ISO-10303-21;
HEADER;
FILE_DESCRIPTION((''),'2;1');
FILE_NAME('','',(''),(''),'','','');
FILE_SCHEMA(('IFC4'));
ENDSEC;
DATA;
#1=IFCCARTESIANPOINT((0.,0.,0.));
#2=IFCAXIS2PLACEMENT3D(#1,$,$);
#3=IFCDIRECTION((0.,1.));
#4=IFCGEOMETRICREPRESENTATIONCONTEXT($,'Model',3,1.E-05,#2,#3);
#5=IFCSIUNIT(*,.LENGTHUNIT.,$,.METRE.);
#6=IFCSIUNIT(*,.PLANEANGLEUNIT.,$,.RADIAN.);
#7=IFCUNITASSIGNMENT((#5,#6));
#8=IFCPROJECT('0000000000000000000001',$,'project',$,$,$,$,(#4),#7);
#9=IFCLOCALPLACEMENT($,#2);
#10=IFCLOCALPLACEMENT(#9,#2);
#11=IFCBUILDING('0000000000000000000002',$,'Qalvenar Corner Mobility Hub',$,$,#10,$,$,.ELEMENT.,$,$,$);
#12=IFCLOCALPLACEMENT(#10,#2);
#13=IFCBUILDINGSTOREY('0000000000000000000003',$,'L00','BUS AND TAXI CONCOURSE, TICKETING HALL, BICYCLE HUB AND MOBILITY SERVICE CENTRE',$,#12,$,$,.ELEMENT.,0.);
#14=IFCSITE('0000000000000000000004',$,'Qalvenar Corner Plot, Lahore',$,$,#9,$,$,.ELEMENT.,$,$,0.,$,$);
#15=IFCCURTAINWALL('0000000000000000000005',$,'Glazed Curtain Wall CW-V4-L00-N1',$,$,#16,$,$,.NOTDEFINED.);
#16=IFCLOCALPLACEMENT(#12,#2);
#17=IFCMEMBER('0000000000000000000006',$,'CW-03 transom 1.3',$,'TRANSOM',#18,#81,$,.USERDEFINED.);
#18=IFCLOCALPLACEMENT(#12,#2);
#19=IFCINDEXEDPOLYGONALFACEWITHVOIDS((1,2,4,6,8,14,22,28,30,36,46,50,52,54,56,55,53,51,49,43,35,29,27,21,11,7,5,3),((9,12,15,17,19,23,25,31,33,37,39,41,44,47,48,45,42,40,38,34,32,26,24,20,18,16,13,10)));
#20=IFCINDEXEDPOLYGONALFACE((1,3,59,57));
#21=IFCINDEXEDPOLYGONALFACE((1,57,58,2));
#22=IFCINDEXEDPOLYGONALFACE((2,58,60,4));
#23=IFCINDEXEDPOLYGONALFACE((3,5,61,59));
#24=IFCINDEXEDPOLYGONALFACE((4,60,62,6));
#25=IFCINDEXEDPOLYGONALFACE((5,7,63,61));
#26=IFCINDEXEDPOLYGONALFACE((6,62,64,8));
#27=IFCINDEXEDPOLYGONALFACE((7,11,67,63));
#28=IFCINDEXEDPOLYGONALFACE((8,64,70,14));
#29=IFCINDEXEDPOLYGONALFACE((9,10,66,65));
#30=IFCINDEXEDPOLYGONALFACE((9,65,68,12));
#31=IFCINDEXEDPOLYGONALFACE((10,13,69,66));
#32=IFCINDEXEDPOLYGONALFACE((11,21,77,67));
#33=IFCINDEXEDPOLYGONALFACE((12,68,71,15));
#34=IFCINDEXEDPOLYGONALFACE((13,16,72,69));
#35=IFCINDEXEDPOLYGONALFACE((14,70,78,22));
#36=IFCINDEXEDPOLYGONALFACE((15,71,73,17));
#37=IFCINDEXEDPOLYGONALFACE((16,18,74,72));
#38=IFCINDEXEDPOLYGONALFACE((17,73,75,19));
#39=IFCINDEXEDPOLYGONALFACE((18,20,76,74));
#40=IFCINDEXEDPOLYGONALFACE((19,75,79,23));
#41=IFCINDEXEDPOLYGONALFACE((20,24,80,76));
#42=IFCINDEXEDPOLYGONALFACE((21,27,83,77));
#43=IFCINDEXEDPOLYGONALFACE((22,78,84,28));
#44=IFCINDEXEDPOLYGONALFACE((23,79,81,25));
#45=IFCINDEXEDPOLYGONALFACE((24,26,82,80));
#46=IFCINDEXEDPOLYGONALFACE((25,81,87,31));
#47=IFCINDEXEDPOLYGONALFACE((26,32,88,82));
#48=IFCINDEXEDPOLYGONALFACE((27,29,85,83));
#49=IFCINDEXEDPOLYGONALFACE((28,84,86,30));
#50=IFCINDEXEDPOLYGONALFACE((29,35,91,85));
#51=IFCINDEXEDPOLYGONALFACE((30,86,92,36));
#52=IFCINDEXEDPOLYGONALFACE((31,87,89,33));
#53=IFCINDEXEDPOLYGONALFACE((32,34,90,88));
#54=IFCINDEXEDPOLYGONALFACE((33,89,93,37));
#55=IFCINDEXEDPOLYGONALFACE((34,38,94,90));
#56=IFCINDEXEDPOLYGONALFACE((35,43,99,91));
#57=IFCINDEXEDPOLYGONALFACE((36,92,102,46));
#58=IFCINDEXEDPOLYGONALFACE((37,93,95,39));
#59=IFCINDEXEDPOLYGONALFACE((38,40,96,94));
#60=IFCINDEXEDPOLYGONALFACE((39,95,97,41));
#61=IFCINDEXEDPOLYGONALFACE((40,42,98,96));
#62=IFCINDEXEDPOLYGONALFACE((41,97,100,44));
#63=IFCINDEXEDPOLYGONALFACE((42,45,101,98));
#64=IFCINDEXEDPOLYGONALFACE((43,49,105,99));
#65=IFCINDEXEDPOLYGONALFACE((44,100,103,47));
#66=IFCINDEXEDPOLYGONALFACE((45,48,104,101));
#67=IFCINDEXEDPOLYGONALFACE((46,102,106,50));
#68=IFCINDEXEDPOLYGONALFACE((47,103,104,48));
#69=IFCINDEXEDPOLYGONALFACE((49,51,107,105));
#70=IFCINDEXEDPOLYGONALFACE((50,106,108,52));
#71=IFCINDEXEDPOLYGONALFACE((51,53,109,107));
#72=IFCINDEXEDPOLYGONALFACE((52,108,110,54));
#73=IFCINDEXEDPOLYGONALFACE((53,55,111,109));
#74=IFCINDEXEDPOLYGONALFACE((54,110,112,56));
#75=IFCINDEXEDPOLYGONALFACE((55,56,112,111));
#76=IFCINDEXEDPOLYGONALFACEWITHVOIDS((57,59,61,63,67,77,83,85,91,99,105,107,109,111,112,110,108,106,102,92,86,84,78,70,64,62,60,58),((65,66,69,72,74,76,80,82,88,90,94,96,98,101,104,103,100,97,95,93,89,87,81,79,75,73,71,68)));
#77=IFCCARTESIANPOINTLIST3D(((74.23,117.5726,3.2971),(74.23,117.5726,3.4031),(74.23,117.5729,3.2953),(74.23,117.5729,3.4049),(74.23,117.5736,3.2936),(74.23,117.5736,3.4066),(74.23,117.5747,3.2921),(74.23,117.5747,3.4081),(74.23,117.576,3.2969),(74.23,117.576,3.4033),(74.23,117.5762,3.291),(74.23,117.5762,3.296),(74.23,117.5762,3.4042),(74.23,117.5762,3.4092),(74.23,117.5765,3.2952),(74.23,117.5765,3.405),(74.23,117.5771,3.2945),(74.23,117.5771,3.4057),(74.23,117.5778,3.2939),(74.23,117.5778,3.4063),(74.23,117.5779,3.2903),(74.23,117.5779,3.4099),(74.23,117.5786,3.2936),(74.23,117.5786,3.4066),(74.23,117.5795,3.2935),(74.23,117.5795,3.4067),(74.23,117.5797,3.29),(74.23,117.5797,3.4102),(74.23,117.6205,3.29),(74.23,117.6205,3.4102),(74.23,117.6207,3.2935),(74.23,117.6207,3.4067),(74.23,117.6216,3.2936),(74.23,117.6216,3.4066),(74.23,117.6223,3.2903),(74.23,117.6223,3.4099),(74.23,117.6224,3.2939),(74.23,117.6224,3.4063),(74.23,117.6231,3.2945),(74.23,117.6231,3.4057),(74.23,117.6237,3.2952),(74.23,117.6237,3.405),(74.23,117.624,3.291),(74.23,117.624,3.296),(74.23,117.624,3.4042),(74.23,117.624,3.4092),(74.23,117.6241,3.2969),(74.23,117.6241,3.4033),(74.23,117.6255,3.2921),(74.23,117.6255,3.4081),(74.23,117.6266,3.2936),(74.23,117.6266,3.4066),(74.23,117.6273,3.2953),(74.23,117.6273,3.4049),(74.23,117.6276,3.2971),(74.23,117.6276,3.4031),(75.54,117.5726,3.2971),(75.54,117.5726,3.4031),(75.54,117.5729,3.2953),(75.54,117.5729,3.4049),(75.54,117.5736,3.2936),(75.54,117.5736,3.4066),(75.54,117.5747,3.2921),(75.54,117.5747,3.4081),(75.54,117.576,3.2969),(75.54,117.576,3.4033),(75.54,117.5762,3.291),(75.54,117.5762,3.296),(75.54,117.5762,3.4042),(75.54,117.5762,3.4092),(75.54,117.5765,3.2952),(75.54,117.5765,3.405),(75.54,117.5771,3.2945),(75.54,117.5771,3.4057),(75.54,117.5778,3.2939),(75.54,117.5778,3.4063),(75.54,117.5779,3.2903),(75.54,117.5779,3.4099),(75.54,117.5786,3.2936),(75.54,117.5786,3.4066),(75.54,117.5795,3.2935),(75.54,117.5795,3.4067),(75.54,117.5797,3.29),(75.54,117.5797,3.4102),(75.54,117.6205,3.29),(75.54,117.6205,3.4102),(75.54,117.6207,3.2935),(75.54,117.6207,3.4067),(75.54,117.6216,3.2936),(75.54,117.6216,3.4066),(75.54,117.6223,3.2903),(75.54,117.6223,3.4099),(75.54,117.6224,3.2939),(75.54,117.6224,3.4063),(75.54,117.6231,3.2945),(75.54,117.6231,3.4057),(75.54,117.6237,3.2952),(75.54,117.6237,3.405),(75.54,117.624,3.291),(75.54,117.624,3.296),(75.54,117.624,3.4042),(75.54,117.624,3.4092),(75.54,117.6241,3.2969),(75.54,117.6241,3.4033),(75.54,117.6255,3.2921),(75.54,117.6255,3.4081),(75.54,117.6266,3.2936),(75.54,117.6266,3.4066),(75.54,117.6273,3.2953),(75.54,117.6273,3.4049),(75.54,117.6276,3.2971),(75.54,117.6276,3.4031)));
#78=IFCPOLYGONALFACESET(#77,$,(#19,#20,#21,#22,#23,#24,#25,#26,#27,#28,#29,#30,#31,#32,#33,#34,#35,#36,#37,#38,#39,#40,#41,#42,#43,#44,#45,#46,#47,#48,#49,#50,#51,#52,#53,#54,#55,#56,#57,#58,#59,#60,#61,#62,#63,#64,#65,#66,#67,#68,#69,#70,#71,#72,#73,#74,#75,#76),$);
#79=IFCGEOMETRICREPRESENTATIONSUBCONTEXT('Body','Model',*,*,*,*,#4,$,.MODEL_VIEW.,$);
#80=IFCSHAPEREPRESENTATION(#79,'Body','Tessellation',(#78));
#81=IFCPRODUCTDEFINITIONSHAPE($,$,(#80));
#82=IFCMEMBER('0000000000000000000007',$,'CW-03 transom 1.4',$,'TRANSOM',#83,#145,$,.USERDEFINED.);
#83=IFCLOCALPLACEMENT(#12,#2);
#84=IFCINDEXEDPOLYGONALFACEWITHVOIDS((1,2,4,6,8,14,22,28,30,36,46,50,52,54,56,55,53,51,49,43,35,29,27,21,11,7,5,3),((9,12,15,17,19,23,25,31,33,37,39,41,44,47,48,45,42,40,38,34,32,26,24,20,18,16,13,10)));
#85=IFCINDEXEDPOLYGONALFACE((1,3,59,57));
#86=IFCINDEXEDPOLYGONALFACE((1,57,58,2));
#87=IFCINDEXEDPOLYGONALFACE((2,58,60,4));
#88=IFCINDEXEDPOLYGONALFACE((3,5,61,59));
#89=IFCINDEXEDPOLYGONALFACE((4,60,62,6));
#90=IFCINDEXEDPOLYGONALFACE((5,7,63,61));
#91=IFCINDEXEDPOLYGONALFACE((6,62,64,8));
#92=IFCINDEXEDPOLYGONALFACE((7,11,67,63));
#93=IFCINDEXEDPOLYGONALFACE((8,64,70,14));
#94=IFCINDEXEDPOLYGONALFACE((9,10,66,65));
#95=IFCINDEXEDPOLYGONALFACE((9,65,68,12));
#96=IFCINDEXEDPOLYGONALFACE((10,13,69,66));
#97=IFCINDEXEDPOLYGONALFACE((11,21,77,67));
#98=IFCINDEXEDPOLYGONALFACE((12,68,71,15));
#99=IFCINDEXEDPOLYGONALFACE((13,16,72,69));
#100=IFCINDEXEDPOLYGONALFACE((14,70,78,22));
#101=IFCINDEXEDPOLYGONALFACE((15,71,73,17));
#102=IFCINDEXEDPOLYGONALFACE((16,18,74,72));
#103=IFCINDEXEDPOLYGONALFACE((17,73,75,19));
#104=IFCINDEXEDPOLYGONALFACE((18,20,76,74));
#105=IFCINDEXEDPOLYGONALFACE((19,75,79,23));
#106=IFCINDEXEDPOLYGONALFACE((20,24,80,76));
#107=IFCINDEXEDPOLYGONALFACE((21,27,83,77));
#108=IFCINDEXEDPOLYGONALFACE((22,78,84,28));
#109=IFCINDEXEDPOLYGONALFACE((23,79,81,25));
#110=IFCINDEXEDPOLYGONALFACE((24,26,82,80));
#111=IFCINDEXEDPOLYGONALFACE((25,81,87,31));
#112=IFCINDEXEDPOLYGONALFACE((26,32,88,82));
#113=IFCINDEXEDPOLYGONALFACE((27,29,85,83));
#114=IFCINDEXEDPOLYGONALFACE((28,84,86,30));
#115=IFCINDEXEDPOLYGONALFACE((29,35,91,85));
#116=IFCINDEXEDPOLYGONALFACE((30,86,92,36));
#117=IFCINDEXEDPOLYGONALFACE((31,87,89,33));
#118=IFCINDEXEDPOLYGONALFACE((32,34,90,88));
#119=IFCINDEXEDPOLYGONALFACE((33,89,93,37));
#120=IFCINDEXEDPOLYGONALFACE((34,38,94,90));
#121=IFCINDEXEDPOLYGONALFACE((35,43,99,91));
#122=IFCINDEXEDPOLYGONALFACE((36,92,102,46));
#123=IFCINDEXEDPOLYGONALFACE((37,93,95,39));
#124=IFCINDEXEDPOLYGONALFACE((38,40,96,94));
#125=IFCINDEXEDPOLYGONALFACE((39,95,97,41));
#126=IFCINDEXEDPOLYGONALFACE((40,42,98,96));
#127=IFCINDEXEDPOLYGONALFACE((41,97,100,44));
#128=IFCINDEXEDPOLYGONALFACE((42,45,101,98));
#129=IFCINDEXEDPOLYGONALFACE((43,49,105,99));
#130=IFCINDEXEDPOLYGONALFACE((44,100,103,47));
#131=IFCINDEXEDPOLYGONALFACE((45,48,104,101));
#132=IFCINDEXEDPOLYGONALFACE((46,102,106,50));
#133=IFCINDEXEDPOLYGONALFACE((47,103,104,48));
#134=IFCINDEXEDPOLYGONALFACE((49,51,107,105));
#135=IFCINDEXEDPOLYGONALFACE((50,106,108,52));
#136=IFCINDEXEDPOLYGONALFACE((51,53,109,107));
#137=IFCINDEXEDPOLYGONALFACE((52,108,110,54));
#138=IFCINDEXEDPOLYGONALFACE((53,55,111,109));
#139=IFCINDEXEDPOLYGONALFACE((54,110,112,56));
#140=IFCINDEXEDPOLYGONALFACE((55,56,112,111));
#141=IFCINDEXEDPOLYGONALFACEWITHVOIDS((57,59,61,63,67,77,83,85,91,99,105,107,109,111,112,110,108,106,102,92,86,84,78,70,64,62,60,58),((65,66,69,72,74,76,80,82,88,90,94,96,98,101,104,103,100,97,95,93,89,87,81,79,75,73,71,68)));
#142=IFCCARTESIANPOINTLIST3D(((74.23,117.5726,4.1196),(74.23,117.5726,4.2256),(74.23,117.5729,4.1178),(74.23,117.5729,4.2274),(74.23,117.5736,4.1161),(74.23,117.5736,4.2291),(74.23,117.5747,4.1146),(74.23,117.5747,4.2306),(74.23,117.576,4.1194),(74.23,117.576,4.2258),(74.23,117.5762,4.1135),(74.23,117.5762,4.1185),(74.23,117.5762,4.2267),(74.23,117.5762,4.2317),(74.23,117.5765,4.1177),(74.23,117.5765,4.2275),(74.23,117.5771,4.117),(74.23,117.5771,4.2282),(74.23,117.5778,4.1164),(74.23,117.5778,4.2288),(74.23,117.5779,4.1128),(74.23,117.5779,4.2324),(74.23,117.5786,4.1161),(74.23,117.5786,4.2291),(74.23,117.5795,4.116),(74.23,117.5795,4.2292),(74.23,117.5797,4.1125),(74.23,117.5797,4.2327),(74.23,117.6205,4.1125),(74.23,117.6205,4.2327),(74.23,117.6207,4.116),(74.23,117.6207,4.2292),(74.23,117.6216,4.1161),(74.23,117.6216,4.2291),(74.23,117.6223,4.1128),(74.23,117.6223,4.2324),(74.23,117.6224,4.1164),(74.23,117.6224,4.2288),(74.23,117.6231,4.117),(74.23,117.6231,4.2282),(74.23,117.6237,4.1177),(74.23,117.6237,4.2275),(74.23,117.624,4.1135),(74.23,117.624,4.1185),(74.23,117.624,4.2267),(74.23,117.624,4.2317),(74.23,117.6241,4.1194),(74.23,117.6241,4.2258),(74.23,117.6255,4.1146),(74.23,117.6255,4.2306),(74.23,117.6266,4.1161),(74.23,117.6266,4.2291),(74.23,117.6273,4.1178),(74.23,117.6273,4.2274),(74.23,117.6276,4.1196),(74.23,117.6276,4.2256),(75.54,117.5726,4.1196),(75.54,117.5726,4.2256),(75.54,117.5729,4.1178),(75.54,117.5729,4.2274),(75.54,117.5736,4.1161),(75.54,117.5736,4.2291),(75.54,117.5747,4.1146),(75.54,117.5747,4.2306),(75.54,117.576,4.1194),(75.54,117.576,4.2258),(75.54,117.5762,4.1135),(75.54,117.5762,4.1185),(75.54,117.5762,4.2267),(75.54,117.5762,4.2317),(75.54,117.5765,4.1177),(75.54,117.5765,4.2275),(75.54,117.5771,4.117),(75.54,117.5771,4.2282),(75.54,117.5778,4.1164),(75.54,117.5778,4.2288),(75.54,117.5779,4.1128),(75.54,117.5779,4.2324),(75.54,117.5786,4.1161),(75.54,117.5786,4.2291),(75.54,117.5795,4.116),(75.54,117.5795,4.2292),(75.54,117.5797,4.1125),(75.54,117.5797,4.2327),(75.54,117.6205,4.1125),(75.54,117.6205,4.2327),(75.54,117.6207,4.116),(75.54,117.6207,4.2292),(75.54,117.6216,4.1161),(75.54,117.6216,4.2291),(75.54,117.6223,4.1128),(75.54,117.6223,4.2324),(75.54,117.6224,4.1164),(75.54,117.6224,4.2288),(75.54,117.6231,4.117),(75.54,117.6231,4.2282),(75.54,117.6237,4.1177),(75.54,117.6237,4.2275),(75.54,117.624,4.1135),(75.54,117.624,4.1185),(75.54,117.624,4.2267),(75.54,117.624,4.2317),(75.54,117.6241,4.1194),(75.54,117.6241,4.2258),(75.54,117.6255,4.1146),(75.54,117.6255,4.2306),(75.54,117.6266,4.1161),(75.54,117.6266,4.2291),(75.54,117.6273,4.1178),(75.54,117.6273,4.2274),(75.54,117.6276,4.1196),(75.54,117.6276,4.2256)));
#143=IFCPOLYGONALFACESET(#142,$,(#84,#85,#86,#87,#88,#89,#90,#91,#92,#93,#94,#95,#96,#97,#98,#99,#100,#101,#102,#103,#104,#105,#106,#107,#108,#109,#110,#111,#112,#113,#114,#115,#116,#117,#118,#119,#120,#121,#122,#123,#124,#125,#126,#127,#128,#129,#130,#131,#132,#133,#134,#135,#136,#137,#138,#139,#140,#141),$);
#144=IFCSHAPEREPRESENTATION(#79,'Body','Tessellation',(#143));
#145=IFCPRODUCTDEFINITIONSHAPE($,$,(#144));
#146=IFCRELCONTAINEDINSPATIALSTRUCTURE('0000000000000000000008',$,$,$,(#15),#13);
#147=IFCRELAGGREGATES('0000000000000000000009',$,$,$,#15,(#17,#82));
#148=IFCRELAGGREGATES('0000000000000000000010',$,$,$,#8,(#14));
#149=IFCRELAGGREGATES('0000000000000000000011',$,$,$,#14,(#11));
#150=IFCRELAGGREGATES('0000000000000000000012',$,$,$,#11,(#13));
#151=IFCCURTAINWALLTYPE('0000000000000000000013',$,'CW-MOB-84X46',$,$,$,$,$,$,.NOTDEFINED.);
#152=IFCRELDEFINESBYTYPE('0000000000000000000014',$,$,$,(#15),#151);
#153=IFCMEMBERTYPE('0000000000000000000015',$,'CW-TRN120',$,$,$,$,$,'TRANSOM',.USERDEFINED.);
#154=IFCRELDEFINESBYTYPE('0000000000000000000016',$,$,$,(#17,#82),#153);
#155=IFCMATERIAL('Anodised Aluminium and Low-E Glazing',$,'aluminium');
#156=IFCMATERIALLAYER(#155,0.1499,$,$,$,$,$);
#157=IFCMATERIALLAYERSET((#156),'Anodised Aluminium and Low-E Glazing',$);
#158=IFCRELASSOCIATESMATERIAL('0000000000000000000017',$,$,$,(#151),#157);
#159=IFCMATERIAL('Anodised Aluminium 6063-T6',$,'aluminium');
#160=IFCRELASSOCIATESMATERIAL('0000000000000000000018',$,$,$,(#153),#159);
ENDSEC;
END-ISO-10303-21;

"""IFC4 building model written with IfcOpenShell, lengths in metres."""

from ifc_helpers import new_model, si_unit, direction, frame, origin, origin_2d, place, context, subcontext, project, spatial, hollow_rectangle, extrude, material, layer, layer_set, material_profile, profile_set, type_object, element, aggregate, save


model = new_model("IFC4")

# Units and contexts
model_context = context("Model", 3, precision=1e-05, world=origin(), true_north=direction((0.0, 1.0)))
body_context = subcontext(model_context, "Body", "Model", "MODEL_VIEW")
ifc_project = project(units=[si_unit("LENGTHUNIT", "METRE"), si_unit("PLANEANGLEUNIT", "RADIAN")], contexts=[model_context])

# Site, building, storey
site_placement = place(None, origin())
site = spatial("IfcSite", under=ifc_project, at=site_placement, Name="Qalvenar Corner Plot, Lahore", CompositionType="ELEMENT", RefElevation=0.0)
building_placement = place(site_placement, origin())
building = spatial("IfcBuilding", under=site, at=building_placement, Name="Qalvenar Corner Mobility Hub", CompositionType="ELEMENT")
storey_placement = place(building_placement, origin())
storey = spatial("IfcBuildingStorey", under=building, at=storey_placement, Name="L00", Description="BUS AND TAXI CONCOURSE, TICKETING HALL, BICYCLE HUB AND MOBILITY SERVICE CENTRE", CompositionType="ELEMENT", Elevation=0.0)

# Curtain wall, members
ifc_material_1 = material(Name="Anodised Aluminium and Low-E Glazing", Category="aluminium")
ifc_layer_1 = layer(ifc_material_1, 0.1499)
ifc_layer_set_1 = layer_set([ifc_layer_1], Name="Anodised Aluminium and Low-E Glazing")
curtain_wall_type = type_object("IfcCurtainWallType", Name="CW-MOB-84X46", PredefinedType="NOTDEFINED", material=ifc_layer_set_1)
curtain_wall_placement = place(storey_placement, origin())
curtain_wall = element("IfcCurtainWall", 1, at=curtain_wall_placement, inside=storey, type_object=curtain_wall_type, Name="Glazed Curtain Wall CW-V4-L00-N1", PredefinedType="NOTDEFINED")
ifc_material_2 = material(Name="Anodised Aluminium 6063-T6", Category="aluminium")
ifc_material_profile_1 = material_profile(ifc_material_2, hollow_rectangle(XDim=0.0549, YDim=0.1201, WallThickness=0.0034, InnerFilletRadius=0.0034, OuterFilletRadius=0.0071, at=origin_2d()), Name="RHS120x55x3.5")
ifc_profile_set_1 = profile_set([ifc_material_profile_1], Name="Anodised Aluminium 6063-T6")
member_type_1 = type_object("IfcMemberType", Name="CW-TRN120", ElementType="TRANSOM", PredefinedType="USERDEFINED", material=ifc_profile_set_1)
member_1_placement = place(storey_placement, frame((75.54, 117.6001, 3.3501), z_axis=(-1.0, 0.0, 0.0), x_axis=(0.0, -1.0, 0.0)))
member_1 = element("IfcMember", 2, at=member_1_placement, type_object=member_type_1, Name="CW-03 transom 1.3", ObjectType="TRANSOM", PredefinedType="USERDEFINED", context=body_context, shape_type="SweptSolid", body=[
    extrude(hollow_rectangle(XDim=0.0549, YDim=0.1201, WallThickness=0.0034, InnerFilletRadius=0.0034, OuterFilletRadius=0.0071, at=origin_2d()), origin(), (0.0, 0.0, 1.0), 1.3101),
])
member_2_placement = place(storey_placement, frame((75.54, 117.6001, 4.1726), z_axis=(-1.0, 0.0, 0.0), x_axis=(0.0, -1.0, 0.0)))
member_2 = element("IfcMember", 3, at=member_2_placement, type_object=member_type_1, Name="CW-03 transom 1.4", ObjectType="TRANSOM", PredefinedType="USERDEFINED", context=body_context, shape_type="SweptSolid", body=[
    extrude(hollow_rectangle(XDim=0.0549, YDim=0.1201, WallThickness=0.0034, InnerFilletRadius=0.0034, OuterFilletRadius=0.0071, at=origin_2d()), origin(), (0.0, 0.0, 1.0), 1.3101),
])
aggregate(curtain_wall, [member_1, member_2])

save(model, "model.ifc")
